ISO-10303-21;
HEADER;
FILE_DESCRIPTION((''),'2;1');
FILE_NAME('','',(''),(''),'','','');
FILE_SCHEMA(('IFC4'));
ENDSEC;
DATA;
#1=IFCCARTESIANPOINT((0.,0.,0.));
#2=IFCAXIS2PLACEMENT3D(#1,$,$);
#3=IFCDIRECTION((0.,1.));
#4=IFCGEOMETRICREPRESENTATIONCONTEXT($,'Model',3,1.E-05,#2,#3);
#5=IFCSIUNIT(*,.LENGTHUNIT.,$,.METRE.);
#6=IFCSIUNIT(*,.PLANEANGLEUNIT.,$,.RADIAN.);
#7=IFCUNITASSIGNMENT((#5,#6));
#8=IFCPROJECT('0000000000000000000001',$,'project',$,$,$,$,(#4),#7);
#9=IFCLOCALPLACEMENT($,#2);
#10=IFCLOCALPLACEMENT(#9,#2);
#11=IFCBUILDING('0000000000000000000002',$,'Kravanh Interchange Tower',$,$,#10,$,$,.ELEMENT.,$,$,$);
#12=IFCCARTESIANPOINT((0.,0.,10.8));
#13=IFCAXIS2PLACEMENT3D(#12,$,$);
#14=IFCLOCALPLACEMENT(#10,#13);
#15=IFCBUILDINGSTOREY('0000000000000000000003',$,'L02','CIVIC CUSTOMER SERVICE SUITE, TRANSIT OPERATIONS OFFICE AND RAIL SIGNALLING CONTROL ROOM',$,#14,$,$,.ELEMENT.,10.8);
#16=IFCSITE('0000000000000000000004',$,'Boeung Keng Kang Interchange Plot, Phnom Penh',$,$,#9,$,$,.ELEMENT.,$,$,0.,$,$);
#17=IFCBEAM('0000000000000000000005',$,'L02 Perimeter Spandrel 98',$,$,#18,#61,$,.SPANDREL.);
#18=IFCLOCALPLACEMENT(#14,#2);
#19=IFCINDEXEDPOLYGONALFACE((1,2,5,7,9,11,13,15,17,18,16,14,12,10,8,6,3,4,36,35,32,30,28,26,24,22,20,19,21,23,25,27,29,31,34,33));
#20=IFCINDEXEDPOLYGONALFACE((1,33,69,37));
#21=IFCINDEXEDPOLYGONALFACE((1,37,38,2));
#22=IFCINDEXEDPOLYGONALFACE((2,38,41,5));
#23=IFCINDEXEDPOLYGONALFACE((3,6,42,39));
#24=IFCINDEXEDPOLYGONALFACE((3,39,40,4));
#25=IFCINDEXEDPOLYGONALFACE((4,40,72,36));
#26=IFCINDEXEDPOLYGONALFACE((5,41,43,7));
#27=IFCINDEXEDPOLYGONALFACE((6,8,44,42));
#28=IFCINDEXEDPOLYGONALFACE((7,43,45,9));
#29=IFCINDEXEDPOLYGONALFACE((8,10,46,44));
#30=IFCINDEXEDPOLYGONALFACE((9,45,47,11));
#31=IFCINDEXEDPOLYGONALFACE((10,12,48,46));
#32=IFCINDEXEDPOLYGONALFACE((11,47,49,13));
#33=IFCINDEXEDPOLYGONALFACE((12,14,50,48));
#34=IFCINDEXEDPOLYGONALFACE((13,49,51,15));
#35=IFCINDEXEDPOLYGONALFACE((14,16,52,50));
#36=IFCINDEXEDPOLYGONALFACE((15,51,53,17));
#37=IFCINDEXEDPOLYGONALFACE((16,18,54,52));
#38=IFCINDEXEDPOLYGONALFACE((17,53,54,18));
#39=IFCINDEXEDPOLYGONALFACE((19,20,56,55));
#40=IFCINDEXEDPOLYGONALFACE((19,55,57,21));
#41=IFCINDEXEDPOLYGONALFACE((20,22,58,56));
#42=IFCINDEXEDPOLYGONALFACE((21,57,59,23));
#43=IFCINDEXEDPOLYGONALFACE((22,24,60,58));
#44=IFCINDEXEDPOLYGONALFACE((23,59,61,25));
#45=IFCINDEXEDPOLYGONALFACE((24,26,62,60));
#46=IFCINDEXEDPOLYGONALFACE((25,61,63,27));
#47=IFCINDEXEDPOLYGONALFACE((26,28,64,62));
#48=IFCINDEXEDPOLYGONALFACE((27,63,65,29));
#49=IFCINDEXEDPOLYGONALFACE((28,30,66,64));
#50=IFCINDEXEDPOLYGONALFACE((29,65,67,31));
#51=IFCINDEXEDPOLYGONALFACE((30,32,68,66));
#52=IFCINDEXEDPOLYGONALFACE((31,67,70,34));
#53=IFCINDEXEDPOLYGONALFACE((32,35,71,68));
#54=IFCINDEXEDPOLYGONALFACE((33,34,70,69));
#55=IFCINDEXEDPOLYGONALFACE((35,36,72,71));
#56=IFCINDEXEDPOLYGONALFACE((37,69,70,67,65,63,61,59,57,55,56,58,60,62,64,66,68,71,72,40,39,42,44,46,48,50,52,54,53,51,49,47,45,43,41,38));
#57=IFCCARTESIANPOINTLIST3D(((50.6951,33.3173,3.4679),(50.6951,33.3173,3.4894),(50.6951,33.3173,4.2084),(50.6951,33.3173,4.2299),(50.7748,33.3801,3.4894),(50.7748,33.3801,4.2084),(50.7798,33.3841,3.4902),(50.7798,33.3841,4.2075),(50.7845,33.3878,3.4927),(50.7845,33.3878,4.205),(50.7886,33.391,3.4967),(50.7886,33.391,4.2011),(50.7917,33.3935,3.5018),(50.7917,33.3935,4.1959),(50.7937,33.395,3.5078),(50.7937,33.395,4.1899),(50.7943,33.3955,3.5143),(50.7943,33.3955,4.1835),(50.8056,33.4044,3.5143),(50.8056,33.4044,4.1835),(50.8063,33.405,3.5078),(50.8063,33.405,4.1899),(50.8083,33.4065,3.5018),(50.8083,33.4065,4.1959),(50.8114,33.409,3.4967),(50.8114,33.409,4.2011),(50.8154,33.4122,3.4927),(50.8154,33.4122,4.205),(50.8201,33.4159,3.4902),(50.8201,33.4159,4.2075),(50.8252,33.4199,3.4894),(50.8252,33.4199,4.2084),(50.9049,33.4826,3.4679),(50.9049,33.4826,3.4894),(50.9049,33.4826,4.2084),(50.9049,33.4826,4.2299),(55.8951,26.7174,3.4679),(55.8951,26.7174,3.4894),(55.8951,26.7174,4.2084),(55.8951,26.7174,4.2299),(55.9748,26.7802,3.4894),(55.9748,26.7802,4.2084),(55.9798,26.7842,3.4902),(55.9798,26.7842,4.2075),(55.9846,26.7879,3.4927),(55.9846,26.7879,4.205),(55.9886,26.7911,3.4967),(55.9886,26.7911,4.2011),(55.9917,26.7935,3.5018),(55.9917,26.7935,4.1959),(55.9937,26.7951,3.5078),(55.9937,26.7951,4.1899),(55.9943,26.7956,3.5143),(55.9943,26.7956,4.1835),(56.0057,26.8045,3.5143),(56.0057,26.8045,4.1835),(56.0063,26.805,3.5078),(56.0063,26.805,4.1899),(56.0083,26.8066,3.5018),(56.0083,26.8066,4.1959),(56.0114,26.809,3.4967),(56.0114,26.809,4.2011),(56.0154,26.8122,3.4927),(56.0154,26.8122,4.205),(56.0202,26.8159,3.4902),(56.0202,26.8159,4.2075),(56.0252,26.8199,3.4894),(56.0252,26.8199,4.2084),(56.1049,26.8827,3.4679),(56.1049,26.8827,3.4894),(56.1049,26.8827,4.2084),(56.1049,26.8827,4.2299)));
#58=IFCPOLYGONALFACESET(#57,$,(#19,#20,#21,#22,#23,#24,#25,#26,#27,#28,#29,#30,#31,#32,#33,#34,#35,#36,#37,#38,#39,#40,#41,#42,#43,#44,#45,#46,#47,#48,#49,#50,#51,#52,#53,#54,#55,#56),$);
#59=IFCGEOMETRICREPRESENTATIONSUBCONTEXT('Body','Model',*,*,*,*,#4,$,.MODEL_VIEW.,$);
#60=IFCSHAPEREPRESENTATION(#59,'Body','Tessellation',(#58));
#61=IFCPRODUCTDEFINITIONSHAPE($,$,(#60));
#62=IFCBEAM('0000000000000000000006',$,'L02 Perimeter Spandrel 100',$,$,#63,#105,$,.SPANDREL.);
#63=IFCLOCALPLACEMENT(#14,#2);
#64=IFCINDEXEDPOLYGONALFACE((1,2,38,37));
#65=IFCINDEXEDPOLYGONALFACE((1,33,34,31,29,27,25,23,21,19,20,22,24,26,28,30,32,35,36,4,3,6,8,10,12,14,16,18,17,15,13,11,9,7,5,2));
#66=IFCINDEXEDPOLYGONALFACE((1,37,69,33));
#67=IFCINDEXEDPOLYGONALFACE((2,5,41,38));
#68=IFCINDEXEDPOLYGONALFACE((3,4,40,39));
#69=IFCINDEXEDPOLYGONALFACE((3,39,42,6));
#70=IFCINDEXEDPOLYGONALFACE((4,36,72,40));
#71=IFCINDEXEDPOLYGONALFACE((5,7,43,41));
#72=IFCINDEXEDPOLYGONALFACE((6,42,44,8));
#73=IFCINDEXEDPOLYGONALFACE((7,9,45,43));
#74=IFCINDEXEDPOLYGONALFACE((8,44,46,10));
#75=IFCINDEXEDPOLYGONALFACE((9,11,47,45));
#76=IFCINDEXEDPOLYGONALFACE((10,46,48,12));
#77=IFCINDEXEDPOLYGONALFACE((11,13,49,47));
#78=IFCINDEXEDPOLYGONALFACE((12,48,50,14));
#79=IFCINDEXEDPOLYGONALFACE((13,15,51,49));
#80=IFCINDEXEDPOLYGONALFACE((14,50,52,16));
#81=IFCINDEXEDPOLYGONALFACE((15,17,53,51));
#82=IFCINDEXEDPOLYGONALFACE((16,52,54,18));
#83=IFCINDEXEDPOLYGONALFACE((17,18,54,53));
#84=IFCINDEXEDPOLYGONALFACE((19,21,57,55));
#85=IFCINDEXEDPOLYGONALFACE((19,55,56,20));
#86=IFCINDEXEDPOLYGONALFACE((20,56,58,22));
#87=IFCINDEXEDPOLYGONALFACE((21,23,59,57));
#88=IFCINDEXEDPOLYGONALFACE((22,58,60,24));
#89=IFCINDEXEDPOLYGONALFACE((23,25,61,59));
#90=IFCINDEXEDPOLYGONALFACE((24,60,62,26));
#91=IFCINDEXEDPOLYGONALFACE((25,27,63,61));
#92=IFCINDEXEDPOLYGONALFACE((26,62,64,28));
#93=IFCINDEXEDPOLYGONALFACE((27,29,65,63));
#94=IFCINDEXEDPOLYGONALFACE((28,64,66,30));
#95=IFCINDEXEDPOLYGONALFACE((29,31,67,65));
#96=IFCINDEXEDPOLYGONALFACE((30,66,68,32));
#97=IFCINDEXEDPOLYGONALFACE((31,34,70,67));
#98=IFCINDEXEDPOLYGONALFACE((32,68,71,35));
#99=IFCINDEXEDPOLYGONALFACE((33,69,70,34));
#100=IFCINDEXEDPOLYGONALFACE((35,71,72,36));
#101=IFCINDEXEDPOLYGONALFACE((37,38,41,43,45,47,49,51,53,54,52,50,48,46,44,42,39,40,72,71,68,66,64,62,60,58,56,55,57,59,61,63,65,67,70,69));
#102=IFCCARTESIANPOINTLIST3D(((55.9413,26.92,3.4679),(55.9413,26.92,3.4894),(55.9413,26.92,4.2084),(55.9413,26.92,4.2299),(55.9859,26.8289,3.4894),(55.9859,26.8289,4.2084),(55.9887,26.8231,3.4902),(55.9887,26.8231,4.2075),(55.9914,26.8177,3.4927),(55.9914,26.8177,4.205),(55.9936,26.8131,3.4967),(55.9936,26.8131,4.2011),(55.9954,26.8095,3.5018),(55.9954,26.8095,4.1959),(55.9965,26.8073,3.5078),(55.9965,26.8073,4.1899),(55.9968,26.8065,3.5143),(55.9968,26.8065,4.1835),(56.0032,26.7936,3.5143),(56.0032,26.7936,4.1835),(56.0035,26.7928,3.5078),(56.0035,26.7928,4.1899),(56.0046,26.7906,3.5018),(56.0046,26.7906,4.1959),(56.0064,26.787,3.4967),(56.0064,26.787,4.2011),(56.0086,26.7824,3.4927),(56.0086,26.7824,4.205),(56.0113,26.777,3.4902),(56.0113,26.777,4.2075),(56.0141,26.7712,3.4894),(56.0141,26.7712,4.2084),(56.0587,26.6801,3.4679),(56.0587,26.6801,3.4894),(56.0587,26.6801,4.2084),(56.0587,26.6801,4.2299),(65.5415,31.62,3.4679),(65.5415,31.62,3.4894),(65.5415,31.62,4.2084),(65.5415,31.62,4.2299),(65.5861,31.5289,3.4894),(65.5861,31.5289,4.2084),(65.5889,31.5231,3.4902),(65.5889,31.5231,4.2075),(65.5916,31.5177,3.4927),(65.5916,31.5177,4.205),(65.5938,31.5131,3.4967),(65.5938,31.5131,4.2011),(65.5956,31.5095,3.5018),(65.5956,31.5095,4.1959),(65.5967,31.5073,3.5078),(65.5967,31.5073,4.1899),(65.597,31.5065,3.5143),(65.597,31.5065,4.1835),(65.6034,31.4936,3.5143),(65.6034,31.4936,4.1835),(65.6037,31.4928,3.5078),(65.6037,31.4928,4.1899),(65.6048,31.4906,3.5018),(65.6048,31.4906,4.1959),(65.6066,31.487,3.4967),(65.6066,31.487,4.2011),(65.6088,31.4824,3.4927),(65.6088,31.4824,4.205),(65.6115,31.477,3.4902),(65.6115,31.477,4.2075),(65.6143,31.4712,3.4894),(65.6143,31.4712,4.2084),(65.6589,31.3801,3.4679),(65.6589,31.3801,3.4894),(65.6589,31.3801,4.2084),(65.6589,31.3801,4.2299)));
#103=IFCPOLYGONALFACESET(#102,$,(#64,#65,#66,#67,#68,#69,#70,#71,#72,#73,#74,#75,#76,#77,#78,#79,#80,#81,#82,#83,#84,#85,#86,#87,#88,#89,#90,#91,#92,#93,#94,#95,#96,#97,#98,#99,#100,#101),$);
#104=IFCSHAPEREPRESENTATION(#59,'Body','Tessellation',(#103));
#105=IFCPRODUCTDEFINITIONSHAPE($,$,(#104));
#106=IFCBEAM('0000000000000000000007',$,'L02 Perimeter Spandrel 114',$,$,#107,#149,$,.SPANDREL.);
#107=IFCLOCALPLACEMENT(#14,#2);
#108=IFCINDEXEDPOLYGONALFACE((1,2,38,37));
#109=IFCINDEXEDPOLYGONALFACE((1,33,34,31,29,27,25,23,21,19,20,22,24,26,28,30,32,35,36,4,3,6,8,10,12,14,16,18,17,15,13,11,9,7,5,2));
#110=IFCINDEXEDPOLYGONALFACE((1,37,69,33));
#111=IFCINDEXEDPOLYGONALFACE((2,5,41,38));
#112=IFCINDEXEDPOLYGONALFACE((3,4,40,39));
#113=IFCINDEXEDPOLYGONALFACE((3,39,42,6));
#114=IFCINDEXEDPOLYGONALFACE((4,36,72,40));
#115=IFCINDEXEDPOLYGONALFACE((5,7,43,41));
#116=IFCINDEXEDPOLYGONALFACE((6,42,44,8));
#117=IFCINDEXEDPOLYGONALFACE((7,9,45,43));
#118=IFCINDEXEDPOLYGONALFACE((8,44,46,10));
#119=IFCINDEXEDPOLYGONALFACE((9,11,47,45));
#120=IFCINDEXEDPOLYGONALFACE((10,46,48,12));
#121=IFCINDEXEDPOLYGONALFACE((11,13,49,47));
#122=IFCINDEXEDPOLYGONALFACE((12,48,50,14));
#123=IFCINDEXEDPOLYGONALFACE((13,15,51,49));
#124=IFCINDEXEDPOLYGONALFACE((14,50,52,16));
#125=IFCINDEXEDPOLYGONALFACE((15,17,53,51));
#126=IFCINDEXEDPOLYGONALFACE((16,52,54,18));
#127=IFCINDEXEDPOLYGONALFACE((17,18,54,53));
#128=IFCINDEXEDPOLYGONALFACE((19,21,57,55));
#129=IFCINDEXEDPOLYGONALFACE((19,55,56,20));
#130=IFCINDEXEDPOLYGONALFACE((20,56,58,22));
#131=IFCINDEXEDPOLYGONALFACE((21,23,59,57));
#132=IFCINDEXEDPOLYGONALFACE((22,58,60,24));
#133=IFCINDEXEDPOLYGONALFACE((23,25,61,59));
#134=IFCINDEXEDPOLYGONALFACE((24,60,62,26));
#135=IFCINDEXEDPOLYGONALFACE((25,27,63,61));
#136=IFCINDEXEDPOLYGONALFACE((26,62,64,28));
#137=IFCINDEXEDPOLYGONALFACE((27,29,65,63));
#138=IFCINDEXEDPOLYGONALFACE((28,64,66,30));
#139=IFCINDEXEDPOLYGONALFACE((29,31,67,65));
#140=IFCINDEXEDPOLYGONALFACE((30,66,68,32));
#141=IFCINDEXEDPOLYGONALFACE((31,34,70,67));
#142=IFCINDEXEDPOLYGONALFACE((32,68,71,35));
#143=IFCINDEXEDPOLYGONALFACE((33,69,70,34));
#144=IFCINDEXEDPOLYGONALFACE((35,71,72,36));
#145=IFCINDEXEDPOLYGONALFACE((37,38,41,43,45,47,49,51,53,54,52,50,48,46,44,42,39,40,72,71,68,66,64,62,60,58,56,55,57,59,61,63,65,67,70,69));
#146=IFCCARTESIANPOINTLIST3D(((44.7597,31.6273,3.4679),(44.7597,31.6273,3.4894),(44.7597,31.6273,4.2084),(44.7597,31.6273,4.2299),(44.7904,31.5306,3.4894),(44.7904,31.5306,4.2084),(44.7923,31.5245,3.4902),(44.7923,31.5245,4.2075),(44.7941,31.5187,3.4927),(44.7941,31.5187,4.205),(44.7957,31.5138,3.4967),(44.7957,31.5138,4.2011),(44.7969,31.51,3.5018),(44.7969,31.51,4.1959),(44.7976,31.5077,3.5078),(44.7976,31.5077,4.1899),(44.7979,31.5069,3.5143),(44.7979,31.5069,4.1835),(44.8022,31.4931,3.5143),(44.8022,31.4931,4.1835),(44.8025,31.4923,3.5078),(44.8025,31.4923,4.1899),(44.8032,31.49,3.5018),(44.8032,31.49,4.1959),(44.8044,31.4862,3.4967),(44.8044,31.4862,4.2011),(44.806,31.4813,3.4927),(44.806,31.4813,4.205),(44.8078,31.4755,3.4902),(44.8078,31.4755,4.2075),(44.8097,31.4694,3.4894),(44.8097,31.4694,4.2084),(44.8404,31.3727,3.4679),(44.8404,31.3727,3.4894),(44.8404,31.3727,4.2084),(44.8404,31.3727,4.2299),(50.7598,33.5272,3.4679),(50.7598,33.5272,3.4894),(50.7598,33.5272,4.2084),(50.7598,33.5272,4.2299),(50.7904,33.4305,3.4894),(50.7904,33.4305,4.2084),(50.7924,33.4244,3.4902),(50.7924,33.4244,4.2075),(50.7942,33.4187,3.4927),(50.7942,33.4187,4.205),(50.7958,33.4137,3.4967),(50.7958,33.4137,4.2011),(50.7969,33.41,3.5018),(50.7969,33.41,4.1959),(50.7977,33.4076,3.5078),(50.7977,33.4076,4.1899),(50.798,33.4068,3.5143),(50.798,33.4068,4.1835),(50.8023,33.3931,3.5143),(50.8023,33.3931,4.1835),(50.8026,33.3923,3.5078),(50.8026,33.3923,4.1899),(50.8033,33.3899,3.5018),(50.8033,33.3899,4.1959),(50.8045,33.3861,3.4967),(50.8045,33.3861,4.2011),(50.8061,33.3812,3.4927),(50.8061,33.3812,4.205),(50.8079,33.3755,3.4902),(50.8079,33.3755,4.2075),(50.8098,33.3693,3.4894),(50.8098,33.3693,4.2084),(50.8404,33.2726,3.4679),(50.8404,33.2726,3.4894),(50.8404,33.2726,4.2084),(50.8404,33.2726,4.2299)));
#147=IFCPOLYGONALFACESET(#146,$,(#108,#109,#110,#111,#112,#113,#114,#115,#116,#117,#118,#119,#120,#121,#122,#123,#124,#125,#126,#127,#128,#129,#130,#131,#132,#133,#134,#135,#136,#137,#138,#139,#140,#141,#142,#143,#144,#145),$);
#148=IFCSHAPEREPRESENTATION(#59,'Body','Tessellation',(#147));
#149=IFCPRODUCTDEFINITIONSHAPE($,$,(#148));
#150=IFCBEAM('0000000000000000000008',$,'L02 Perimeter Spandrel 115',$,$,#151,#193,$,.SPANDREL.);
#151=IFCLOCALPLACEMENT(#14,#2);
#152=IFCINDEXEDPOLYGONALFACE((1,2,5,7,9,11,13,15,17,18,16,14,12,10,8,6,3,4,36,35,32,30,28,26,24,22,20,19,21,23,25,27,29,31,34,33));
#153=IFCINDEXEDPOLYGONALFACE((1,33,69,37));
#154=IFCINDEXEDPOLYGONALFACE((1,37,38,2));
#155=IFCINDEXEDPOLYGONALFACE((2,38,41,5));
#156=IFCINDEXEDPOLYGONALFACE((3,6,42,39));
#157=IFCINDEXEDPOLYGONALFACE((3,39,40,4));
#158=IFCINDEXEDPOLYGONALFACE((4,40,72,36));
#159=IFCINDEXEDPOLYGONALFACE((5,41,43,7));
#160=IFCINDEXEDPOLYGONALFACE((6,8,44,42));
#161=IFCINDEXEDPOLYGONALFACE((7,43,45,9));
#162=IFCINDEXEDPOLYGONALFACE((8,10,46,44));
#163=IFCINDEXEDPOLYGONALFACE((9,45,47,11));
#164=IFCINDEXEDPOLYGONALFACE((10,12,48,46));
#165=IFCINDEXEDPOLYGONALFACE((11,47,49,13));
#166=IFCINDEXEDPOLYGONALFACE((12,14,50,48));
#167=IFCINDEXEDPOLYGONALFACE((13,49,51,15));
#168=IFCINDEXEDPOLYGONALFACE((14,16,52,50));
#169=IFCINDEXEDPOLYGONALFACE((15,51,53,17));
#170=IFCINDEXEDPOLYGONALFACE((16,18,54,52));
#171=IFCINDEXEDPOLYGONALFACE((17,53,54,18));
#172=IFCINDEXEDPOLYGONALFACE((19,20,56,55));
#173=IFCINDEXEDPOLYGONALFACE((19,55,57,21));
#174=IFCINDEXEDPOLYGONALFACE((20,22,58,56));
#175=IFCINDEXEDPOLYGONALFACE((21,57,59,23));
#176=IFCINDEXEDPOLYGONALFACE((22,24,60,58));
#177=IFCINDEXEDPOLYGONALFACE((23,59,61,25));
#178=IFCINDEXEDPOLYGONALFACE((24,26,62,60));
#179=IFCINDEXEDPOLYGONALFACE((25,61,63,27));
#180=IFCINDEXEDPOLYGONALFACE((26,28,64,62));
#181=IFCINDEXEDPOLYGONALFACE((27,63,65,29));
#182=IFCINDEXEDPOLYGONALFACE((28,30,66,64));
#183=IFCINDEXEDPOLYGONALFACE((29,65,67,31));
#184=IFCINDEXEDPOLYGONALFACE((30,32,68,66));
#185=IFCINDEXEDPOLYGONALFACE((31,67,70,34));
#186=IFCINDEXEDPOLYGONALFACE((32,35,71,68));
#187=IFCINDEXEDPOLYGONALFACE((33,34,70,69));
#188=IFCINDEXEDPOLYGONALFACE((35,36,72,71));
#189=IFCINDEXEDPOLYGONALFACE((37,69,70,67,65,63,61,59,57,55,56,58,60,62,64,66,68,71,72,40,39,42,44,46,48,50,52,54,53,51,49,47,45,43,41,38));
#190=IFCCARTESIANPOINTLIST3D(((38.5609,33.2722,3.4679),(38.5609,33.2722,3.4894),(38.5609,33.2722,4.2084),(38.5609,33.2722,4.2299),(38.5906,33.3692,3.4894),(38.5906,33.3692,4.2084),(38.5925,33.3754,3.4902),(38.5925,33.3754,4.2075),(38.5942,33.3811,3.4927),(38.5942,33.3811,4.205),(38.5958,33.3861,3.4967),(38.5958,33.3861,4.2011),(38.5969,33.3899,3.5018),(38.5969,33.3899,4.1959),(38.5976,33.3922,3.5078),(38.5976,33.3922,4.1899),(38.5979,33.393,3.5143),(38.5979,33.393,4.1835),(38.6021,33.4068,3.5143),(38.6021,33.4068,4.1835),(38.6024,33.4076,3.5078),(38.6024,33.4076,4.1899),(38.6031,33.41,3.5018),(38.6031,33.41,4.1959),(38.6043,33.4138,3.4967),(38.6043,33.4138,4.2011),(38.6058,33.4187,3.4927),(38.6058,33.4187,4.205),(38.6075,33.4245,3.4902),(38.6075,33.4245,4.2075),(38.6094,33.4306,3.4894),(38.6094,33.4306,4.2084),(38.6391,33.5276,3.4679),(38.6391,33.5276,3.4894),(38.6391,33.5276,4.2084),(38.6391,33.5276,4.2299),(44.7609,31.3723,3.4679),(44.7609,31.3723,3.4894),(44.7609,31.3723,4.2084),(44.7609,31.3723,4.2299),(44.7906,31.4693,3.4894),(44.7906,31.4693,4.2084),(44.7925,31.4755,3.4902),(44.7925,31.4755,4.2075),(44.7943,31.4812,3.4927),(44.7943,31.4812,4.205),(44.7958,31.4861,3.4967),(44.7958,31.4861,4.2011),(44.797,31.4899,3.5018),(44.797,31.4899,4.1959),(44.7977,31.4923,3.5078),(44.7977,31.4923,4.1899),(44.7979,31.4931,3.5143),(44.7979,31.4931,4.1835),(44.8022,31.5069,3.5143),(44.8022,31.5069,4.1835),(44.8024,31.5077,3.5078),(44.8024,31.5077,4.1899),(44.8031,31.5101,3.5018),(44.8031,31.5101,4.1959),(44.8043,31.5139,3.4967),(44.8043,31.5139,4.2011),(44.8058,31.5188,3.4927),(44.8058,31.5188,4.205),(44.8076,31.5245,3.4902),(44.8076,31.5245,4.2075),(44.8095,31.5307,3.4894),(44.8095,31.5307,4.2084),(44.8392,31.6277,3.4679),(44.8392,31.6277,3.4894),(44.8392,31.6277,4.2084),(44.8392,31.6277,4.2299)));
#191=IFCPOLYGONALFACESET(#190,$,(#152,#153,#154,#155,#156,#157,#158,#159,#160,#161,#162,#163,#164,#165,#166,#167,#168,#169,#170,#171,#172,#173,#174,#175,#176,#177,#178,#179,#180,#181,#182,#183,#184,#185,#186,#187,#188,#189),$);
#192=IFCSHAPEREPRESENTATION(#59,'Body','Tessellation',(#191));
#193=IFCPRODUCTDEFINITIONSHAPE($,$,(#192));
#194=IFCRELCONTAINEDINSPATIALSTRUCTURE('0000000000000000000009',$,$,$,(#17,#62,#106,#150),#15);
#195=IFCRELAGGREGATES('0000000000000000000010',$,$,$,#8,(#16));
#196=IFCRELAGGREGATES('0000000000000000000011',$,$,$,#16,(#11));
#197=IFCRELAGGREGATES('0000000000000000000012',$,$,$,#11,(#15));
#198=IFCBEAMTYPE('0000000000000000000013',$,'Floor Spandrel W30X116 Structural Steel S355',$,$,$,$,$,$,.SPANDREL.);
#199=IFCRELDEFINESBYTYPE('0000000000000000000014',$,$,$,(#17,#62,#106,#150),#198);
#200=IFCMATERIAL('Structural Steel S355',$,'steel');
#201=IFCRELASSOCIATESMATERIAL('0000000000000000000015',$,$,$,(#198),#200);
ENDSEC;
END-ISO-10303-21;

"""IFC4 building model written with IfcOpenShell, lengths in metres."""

from ifc_helpers import new_model, si_unit, direction, frame, origin, origin_2d, place, context, subcontext, project, spatial, i_section, extrude, material, material_profile, profile_set, type_object, element, save


model = new_model("IFC4")

# Units and contexts
model_context = context("Model", 3, precision=1e-05, world=origin(), true_north=direction((0.0, 1.0)))
body_context = subcontext(model_context, "Body", "Model", "MODEL_VIEW")
ifc_project = project(units=[si_unit("LENGTHUNIT", "METRE"), si_unit("PLANEANGLEUNIT", "RADIAN")], contexts=[model_context])

# Site, building, storey
site_placement = place(None, origin())
site = spatial("IfcSite", under=ifc_project, at=site_placement, Name="Boeung Keng Kang Interchange Plot, Phnom Penh", CompositionType="ELEMENT", RefElevation=0.0)
building_placement = place(site_placement, origin())
building = spatial("IfcBuilding", under=site, at=building_placement, Name="Kravanh Interchange Tower", CompositionType="ELEMENT")
storey_placement = place(building_placement, frame((0.0, 0.0, 10.8)))
storey = spatial("IfcBuildingStorey", under=building, at=storey_placement, Name="L02", Description="CIVIC CUSTOMER SERVICE SUITE, TRANSIT OPERATIONS OFFICE AND RAIL SIGNALLING CONTROL ROOM", CompositionType="ELEMENT", Elevation=10.8)

# Beams
ifc_material_1 = material(Name="Structural Steel S355", Category="steel")
ifc_material_profile_1 = material_profile(ifc_material_1, i_section(OverallWidth=0.2671, OverallDepth=0.762, WebThickness=0.0144, FlangeThickness=0.0215, FilletRadius=0.0249, at=origin_2d()), Name="W30X116")
ifc_profile_set_1 = profile_set([ifc_material_profile_1], Name="Structural Steel S355")
beam_type_1 = type_object("IfcBeamType", Name="Floor Spandrel W30X116 Structural Steel S355", PredefinedType="SPANDREL", material=ifc_profile_set_1)
beam_1_placement = place(storey_placement, frame((56.0, 26.8, 3.8489), z_axis=(-0.618877, 0.785488, 0.0), x_axis=(-0.785488, -0.618877, 0.0)))
element("IfcBeam", 1, at=beam_1_placement, inside=storey, type_object=beam_type_1, Name="L02 Perimeter Spandrel 98", PredefinedType="SPANDREL", context=body_context, shape_type="SweptSolid", body=[
    extrude(i_section(OverallWidth=0.2671, OverallDepth=0.762, WebThickness=0.0144, FlangeThickness=0.0215, FilletRadius=0.0249, at=origin_2d()), origin(), (0.0, 0.0, 1.0), 8.4023),
])
beam_2_placement = place(storey_placement, frame((56.0, 26.8, 3.8489), z_axis=(0.898142, 0.439706, 0.0), x_axis=(-0.439706, 0.898142, 0.0)))
element("IfcBeam", 2, at=beam_2_placement, inside=storey, type_object=beam_type_1, Name="L02 Perimeter Spandrel 100", PredefinedType="SPANDREL", context=body_context, shape_type="SweptSolid", body=[
    extrude(i_section(OverallWidth=0.2671, OverallDepth=0.762, WebThickness=0.0144, FlangeThickness=0.0215, FilletRadius=0.0249, at=origin_2d()), origin(), (0.0, 0.0, 1.0), 10.689),
])
beam_3_placement = place(storey_placement, frame((44.8, 31.5, 3.8489), z_axis=(0.953347, 0.301878, 0.0), x_axis=(-0.301878, 0.953347, 0.0)))
element("IfcBeam", 3, at=beam_3_placement, inside=storey, type_object=beam_type_1, Name="L02 Perimeter Spandrel 114", PredefinedType="SPANDREL", context=body_context, shape_type="SweptSolid", body=[
    extrude(i_section(OverallWidth=0.2671, OverallDepth=0.762, WebThickness=0.0144, FlangeThickness=0.0215, FilletRadius=0.0249, at=origin_2d()), origin(), (0.0, 0.0, 1.0), 6.2937),
])
beam_4_placement = place(storey_placement, frame((44.8, 31.5, 3.8489), z_axis=(-0.956115, 0.29299, 0.0), x_axis=(-0.29299, -0.956115, 0.0)))
element("IfcBeam", 4, at=beam_4_placement, inside=storey, type_object=beam_type_1, Name="L02 Perimeter Spandrel 115", PredefinedType="SPANDREL", context=body_context, shape_type="SweptSolid", body=[
    extrude(i_section(OverallWidth=0.2671, OverallDepth=0.762, WebThickness=0.0144, FlangeThickness=0.0215, FilletRadius=0.0249, at=origin_2d()), origin(), (0.0, 0.0, 1.0), 6.4846),
])

save(model, "model.ifc")
